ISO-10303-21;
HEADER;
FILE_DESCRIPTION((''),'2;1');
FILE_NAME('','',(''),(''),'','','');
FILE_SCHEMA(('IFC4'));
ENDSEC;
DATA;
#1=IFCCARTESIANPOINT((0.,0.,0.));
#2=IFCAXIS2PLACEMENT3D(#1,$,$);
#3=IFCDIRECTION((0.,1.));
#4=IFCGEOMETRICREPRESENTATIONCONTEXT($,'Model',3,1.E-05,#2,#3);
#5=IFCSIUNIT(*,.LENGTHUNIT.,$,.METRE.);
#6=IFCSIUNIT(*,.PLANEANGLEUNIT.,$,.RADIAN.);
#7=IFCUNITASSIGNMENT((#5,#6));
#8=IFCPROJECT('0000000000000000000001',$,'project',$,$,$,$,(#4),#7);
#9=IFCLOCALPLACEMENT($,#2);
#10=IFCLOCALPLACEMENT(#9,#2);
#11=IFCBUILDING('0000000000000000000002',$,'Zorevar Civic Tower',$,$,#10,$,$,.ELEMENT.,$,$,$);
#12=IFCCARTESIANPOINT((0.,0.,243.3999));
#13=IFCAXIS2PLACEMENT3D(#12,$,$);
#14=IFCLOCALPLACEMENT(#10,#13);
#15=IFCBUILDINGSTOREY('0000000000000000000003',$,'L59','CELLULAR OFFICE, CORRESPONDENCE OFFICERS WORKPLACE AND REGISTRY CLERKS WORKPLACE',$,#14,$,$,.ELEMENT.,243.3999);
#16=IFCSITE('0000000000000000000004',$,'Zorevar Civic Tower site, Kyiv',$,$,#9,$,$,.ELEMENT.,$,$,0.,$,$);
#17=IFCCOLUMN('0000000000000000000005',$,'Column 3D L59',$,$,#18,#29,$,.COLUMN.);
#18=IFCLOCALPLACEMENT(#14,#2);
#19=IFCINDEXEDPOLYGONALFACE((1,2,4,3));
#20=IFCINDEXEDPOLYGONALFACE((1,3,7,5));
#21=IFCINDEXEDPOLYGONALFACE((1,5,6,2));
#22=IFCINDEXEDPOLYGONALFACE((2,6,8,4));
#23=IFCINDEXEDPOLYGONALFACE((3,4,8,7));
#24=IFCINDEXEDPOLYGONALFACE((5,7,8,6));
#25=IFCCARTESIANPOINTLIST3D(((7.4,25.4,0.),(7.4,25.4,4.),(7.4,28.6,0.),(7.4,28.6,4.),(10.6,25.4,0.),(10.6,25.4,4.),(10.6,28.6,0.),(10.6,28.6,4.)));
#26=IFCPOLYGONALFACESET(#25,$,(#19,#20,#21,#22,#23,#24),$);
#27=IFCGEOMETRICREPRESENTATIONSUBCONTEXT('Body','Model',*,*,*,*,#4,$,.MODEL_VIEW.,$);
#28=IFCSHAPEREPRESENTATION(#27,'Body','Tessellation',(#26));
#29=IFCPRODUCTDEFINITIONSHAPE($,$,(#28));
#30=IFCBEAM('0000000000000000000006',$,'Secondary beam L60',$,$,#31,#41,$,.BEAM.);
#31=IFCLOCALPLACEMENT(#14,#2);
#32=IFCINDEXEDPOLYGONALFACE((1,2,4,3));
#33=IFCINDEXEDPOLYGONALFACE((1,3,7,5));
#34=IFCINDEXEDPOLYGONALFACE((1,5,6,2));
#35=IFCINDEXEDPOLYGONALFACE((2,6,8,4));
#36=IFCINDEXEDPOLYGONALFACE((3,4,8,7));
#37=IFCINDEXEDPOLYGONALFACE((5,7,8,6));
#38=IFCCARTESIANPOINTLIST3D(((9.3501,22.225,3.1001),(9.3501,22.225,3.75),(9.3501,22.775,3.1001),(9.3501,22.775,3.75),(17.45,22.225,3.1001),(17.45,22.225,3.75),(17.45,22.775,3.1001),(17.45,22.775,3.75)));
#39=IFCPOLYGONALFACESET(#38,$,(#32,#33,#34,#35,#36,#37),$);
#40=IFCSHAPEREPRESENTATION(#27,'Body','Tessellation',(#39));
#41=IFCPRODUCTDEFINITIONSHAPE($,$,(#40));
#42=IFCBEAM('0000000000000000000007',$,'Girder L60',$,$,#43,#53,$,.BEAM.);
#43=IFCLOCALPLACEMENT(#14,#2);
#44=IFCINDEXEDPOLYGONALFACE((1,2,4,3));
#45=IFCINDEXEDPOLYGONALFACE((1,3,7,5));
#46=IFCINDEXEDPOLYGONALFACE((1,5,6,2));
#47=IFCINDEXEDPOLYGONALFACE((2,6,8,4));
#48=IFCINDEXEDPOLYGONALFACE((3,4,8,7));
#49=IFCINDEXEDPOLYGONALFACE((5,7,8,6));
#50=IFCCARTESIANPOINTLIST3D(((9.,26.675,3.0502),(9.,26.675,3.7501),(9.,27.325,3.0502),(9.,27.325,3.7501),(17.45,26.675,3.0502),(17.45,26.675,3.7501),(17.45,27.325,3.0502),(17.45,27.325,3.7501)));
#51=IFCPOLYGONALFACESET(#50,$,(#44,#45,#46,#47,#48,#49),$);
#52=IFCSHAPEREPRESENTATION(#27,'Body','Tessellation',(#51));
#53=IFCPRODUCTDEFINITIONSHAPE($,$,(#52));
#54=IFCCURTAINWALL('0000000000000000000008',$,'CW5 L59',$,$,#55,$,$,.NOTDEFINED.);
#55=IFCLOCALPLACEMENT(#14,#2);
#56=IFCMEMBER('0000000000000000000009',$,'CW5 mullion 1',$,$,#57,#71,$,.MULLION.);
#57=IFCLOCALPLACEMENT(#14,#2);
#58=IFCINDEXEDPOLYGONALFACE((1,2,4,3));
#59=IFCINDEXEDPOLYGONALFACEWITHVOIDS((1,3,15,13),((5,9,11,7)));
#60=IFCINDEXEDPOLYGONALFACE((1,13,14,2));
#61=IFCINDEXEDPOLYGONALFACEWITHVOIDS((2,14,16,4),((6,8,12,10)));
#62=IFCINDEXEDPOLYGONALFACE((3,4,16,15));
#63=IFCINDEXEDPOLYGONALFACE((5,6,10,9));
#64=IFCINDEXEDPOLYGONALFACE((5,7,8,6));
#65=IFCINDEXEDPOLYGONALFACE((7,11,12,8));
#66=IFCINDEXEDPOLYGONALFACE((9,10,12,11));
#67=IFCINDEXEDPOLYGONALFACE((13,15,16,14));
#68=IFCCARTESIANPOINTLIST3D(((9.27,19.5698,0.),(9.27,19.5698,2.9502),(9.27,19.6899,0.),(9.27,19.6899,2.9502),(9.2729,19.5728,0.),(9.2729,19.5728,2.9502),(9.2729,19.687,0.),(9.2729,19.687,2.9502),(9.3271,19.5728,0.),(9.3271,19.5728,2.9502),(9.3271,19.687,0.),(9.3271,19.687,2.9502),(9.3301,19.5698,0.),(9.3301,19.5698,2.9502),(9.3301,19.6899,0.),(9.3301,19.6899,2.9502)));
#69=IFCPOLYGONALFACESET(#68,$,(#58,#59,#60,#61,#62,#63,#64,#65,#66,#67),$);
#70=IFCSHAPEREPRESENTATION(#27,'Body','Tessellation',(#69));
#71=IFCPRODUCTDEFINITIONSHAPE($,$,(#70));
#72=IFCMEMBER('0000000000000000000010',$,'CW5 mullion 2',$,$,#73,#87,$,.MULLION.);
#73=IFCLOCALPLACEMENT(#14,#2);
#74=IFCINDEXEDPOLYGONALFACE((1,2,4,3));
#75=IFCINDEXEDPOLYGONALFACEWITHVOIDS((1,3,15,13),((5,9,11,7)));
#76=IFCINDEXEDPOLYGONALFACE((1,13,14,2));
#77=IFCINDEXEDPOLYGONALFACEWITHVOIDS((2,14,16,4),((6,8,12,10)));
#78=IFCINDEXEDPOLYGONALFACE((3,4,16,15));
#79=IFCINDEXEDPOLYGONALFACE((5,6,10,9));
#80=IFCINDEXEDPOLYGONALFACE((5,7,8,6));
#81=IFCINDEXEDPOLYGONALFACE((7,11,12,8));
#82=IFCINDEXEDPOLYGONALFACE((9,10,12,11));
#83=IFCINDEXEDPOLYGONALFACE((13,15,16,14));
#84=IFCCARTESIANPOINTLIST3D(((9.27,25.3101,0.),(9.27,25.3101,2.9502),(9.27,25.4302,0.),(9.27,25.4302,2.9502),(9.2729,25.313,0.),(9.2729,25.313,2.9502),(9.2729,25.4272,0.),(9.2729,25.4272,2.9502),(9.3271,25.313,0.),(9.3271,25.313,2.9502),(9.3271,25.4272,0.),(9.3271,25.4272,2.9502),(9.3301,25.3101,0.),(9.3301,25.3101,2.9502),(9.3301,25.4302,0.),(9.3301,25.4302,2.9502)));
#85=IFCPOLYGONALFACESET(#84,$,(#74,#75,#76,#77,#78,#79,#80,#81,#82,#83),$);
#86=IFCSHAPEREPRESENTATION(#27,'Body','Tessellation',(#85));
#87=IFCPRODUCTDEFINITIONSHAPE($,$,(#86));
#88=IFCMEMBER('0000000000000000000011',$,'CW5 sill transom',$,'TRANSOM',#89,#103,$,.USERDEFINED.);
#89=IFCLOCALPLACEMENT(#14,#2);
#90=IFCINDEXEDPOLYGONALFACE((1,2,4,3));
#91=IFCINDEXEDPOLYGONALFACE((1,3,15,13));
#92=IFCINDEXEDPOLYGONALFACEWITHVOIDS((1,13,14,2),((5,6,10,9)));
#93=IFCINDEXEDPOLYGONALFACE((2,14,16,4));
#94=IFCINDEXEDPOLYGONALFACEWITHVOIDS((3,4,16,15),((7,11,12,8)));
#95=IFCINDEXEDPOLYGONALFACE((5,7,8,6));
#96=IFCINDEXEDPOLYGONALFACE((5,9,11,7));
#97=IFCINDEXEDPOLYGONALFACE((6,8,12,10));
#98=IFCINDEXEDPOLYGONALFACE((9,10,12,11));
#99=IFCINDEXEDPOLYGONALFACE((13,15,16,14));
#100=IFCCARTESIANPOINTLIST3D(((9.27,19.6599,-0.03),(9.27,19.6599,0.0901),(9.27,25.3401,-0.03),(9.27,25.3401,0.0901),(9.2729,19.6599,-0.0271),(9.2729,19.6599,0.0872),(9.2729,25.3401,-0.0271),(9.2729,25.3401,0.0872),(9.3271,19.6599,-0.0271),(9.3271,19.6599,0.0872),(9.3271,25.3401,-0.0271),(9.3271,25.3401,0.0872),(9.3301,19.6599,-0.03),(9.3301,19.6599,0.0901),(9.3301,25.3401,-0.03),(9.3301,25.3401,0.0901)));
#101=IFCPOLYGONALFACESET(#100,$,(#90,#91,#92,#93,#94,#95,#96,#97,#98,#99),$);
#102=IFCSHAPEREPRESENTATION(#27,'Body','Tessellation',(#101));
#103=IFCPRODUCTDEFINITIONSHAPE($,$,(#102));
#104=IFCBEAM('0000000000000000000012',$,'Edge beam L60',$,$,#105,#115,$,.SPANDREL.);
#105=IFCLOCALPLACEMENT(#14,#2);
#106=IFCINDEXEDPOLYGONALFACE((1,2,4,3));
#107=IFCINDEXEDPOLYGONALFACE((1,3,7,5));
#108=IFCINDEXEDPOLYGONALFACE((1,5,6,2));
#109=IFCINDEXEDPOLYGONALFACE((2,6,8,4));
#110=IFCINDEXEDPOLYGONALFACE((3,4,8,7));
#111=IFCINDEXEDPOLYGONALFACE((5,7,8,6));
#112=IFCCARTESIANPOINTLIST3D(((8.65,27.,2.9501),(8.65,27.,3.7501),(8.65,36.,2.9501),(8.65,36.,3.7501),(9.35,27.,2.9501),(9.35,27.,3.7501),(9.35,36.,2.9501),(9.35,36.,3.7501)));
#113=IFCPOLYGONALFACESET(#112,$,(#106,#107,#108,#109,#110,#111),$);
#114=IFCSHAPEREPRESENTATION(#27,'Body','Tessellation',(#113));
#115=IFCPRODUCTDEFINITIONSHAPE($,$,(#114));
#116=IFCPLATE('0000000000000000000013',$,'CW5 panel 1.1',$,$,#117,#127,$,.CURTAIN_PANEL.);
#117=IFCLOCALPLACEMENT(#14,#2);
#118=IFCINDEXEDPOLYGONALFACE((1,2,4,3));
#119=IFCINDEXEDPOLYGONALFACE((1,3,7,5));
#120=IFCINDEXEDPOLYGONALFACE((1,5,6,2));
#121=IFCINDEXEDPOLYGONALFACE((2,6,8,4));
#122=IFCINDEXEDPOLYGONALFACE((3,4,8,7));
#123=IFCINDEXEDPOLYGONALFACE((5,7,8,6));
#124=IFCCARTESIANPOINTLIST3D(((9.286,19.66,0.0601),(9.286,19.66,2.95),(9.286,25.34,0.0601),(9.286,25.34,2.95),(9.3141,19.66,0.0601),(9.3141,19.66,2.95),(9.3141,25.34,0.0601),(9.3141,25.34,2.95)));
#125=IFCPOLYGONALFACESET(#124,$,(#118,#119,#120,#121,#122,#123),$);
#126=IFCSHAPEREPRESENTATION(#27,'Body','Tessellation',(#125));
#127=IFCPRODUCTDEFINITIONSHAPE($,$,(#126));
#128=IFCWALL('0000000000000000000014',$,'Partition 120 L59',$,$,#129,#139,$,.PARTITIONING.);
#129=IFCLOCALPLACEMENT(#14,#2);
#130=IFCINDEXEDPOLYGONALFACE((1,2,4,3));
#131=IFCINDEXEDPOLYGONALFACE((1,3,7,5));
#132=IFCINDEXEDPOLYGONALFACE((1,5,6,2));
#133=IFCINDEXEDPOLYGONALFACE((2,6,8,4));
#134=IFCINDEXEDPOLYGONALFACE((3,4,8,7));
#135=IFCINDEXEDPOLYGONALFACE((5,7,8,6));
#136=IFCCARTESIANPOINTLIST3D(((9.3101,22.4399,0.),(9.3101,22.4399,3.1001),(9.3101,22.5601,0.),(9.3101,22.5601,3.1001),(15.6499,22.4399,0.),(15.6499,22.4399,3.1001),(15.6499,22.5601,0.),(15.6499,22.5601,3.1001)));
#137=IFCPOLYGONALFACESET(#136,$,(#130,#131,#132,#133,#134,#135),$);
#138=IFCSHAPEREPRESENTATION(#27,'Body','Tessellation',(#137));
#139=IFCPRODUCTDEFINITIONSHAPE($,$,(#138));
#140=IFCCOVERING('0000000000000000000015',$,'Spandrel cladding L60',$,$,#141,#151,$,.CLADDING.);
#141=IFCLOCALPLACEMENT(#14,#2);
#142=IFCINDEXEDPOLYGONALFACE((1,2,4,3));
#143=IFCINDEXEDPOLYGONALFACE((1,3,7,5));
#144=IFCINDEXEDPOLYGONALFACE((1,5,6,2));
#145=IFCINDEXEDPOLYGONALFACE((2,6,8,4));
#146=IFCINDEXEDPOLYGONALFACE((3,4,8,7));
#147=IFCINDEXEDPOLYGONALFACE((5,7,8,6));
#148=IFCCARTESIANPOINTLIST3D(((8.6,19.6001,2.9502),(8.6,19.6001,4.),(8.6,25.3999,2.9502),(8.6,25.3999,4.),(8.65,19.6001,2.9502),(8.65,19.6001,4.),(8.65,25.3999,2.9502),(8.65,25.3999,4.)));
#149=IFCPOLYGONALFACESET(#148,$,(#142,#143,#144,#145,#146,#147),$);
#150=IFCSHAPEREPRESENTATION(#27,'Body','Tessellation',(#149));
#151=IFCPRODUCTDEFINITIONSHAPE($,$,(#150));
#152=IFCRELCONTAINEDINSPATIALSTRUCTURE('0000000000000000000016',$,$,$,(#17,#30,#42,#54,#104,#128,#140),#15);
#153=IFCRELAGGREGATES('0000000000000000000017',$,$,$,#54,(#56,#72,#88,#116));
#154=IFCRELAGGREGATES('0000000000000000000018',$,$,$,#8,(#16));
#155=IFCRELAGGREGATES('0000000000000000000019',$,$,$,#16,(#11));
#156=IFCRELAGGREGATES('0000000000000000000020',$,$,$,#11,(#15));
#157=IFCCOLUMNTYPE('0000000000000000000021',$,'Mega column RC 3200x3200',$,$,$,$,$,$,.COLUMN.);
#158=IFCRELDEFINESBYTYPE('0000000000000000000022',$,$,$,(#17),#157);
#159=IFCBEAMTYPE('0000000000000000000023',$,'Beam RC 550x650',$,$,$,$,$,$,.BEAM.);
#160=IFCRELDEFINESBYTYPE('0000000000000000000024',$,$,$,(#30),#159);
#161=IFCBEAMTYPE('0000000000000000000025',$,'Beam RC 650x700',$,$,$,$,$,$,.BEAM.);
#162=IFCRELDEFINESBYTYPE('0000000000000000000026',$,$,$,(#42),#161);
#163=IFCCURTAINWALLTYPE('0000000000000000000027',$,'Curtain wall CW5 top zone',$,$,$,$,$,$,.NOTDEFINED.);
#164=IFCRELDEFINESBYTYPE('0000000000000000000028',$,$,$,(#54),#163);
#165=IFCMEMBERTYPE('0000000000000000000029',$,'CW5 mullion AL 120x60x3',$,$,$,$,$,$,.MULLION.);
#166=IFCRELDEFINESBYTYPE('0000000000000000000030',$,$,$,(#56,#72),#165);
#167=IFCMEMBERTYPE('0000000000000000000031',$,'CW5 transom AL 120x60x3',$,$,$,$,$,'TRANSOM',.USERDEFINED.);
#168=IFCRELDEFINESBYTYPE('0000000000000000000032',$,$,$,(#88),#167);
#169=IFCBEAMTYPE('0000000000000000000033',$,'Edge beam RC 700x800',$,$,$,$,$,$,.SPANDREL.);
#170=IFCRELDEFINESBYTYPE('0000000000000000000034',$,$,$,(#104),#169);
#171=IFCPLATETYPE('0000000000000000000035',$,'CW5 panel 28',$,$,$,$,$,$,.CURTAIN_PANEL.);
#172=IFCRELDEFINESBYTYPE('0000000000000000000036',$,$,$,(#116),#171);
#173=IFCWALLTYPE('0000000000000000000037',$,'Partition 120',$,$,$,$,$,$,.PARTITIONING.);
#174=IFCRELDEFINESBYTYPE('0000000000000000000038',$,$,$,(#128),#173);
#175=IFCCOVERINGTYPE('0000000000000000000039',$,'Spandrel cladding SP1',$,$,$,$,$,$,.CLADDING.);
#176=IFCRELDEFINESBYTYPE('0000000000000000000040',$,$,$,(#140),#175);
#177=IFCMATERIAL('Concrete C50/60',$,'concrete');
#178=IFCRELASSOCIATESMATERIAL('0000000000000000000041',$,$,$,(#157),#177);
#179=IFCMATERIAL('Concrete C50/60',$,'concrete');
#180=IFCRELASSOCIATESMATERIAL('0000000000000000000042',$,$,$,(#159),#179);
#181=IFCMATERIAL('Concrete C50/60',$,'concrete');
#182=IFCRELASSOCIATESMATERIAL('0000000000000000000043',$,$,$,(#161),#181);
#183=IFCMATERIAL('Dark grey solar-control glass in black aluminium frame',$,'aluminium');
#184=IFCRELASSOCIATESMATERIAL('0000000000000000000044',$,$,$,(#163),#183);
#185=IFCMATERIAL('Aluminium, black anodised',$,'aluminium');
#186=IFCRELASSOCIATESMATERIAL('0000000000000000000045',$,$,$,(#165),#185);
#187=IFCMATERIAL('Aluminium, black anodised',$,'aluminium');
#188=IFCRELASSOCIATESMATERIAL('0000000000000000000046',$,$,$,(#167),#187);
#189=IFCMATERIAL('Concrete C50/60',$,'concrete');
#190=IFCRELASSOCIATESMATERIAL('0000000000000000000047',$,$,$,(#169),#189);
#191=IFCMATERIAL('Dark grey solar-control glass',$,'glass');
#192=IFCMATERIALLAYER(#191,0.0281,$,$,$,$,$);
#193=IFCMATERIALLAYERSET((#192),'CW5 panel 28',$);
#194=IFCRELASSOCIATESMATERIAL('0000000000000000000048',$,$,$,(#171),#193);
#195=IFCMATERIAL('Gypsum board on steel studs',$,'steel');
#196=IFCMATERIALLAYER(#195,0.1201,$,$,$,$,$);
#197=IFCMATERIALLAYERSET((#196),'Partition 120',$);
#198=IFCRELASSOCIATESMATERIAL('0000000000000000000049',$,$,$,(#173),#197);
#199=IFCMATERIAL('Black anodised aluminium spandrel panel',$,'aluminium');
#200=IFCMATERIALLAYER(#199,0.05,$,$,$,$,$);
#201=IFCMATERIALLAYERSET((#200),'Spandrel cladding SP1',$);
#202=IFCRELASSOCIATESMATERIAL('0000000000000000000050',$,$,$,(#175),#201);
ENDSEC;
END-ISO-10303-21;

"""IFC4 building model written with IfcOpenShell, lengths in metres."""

from ifc_helpers import new_model, si_unit, direction, frame, frame_2d, origin, origin_2d, place, context, subcontext, project, spatial, rectangle, hollow_rectangle, extrude, material, layer, layer_set, material_profile, profile_set, type_object, element, aggregate, save


model = new_model("IFC4")

# Units and contexts
model_context = context("Model", 3, precision=1e-05, world=origin(), true_north=direction((0.0, 1.0)))
body_context = subcontext(model_context, "Body", "Model", "MODEL_VIEW")
ifc_project = project(units=[si_unit("LENGTHUNIT", "METRE"), si_unit("PLANEANGLEUNIT", "RADIAN")], contexts=[model_context])

# Site, building, storey
site_placement = place(None, origin())
site = spatial("IfcSite", under=ifc_project, at=site_placement, Name="Zorevar Civic Tower site, Kyiv", CompositionType="ELEMENT", RefElevation=0.0)
building_placement = place(site_placement, origin())
building = spatial("IfcBuilding", under=site, at=building_placement, Name="Zorevar Civic Tower", CompositionType="ELEMENT")
storey_placement = place(building_placement, frame((0.0, 0.0, 243.3999)))
storey = spatial("IfcBuildingStorey", under=building, at=storey_placement, Name="L59", Description="CELLULAR OFFICE, CORRESPONDENCE OFFICERS WORKPLACE AND REGISTRY CLERKS WORKPLACE", CompositionType="ELEMENT", Elevation=243.3999)

# Column
ifc_material_1 = material(Name="Concrete C50/60", Category="concrete")
ifc_material_profile_1 = material_profile(ifc_material_1, rectangle(XDim=3.2, YDim=3.2, at=origin_2d()), Name="RC 3200x3200")
ifc_profile_set_1 = profile_set([ifc_material_profile_1], Name="Concrete C50/60")
column_type = type_object("IfcColumnType", Name="Mega column RC 3200x3200", PredefinedType="COLUMN", material=ifc_profile_set_1)
column_placement = place(storey_placement, frame((9.0, 27.0, 0.0), z_axis=(0.0, 0.0, 1.0), x_axis=(1.0, 0.0, 0.0)))
element("IfcColumn", 1, at=column_placement, inside=storey, type_object=column_type, Name="Column 3D L59", PredefinedType="COLUMN", context=body_context, shape_type="SweptSolid", body=[
    extrude(rectangle(XDim=3.2, YDim=3.2, at=origin_2d()), origin(), (0.0, 0.0, 1.0), 4.0),
])

# Beams
ifc_material_2 = material(Name="Concrete C50/60", Category="concrete")
ifc_material_profile_2 = material_profile(ifc_material_2, rectangle(XDim=0.55, YDim=0.6499, at=origin_2d()), Name="RC 550x650")
ifc_profile_set_2 = profile_set([ifc_material_profile_2], Name="Concrete C50/60")
beam_type_1 = type_object("IfcBeamType", Name="Beam RC 550x650", PredefinedType="BEAM", material=ifc_profile_set_2)
beam_1_placement = place(storey_placement, frame((9.3501, 22.5, 3.425), z_axis=(1.0, 0.0, 0.0), x_axis=(0.0, 1.0, 0.0)))
element("IfcBeam", 2, at=beam_1_placement, inside=storey, type_object=beam_type_1, Name="Secondary beam L60", PredefinedType="BEAM", context=body_context, shape_type="SweptSolid", body=[
    extrude(rectangle(XDim=0.55, YDim=0.6499, at=origin_2d()), origin(), (0.0, 0.0, 1.0), 8.0999),
])
ifc_material_3 = material(Name="Concrete C50/60", Category="concrete")
ifc_material_profile_3 = material_profile(ifc_material_3, rectangle(XDim=0.6499, YDim=0.7, at=origin_2d()), Name="RC 650x700")
ifc_profile_set_3 = profile_set([ifc_material_profile_3], Name="Concrete C50/60")
beam_type_2 = type_object("IfcBeamType", Name="Beam RC 650x700", PredefinedType="BEAM", material=ifc_profile_set_3)
beam_2_placement = place(storey_placement, frame((9.0, 27.0, 3.4001), z_axis=(1.0, 0.0, 0.0), x_axis=(0.0, 1.0, 0.0)))
element("IfcBeam", 3, at=beam_2_placement, inside=storey, type_object=beam_type_2, Name="Girder L60", PredefinedType="BEAM", context=body_context, shape_type="SweptSolid", body=[
    extrude(rectangle(XDim=0.6499, YDim=0.7, at=origin_2d()), origin(), (0.0, 0.0, 1.0), 8.45),
])

# Curtain wall, members
ifc_material_4 = material(Name="Dark grey solar-control glass in black aluminium frame", Category="aluminium")
curtain_wall_type = type_object("IfcCurtainWallType", Name="Curtain wall CW5 top zone", PredefinedType="NOTDEFINED", material=ifc_material_4)
curtain_wall_placement = place(storey_placement, origin())
curtain_wall = element("IfcCurtainWall", 4, at=curtain_wall_placement, inside=storey, type_object=curtain_wall_type, Name="CW5 L59", PredefinedType="NOTDEFINED")
ifc_material_5 = material(Name="Aluminium, black anodised", Category="aluminium")
ifc_material_profile_4 = material_profile(ifc_material_5, hollow_rectangle(XDim=0.0601, YDim=0.1201, WallThickness=0.0029, at=origin_2d()), Name="AL 120x60x3")
ifc_profile_set_4 = profile_set([ifc_material_profile_4], Name="Aluminium, black anodised")
member_type_1 = type_object("IfcMemberType", Name="CW5 mullion AL 120x60x3", PredefinedType="MULLION", material=ifc_profile_set_4)
member_1_placement = place(storey_placement, frame((9.3, 19.6299, 0.0), z_axis=(0.0, 0.0, 1.0), x_axis=(-1.0, 0.0, 0.0)))
member_1 = element("IfcMember", 5, at=member_1_placement, type_object=member_type_1, Name="CW5 mullion 1", PredefinedType="MULLION", context=body_context, shape_type="SweptSolid", body=[
    extrude(hollow_rectangle(XDim=0.0601, YDim=0.1201, WallThickness=0.0029, at=origin_2d()), origin(), (0.0, 0.0, 1.0), 2.9502),
])
member_2_placement = place(storey_placement, frame((9.3, 25.3701, 0.0), z_axis=(0.0, 0.0, 1.0), x_axis=(-1.0, 0.0, 0.0)))
member_2 = element("IfcMember", 6, at=member_2_placement, type_object=member_type_1, Name="CW5 mullion 2", PredefinedType="MULLION", context=body_context, shape_type="SweptSolid", body=[
    extrude(hollow_rectangle(XDim=0.0601, YDim=0.1201, WallThickness=0.0029, at=origin_2d()), origin(), (0.0, 0.0, 1.0), 2.9502),
])
ifc_material_6 = material(Name="Aluminium, black anodised", Category="aluminium")
ifc_material_profile_5 = material_profile(ifc_material_6, hollow_rectangle(XDim=0.0601, YDim=0.1201, WallThickness=0.0029, at=origin_2d()), Name="AL 120x60x3")
ifc_profile_set_5 = profile_set([ifc_material_profile_5], Name="Aluminium, black anodised")
member_type_2 = type_object("IfcMemberType", Name="CW5 transom AL 120x60x3", ElementType="TRANSOM", PredefinedType="USERDEFINED", material=ifc_profile_set_5)
member_3_placement = place(storey_placement, frame((9.3, 19.6599, 0.03), z_axis=(0.0, 1.0, 0.0), x_axis=(-1.0, 0.0, 0.0)))
member_3 = element("IfcMember", 7, at=member_3_placement, type_object=member_type_2, Name="CW5 sill transom", ObjectType="TRANSOM", PredefinedType="USERDEFINED", context=body_context, shape_type="SweptSolid", body=[
    extrude(hollow_rectangle(XDim=0.0601, YDim=0.1201, WallThickness=0.0029, at=origin_2d()), origin(), (0.0, 0.0, 1.0), 5.6802),
])

# Beam
ifc_material_7 = material(Name="Concrete C50/60", Category="concrete")
ifc_material_profile_6 = material_profile(ifc_material_7, rectangle(XDim=0.7, YDim=0.8, at=origin_2d()), Name="RC 700x800")
ifc_profile_set_6 = profile_set([ifc_material_profile_6], Name="Concrete C50/60")
beam_type_3 = type_object("IfcBeamType", Name="Edge beam RC 700x800", PredefinedType="SPANDREL", material=ifc_profile_set_6)
beam_3_placement = place(storey_placement, frame((9.0, 27.0, 3.3501), z_axis=(0.0, 1.0, 0.0), x_axis=(-1.0, 0.0, 0.0)))
element("IfcBeam", 8, at=beam_3_placement, inside=storey, type_object=beam_type_3, Name="Edge beam L60", PredefinedType="SPANDREL", context=body_context, shape_type="SweptSolid", body=[
    extrude(rectangle(XDim=0.7, YDim=0.8, at=origin_2d()), origin(), (0.0, 0.0, 1.0), 9.0),
])

# Plate
ifc_material_8 = material(Name="Dark grey solar-control glass", Category="glass")
ifc_layer_1 = layer(ifc_material_8, 0.0281)
ifc_layer_set_1 = layer_set([ifc_layer_1], Name="CW5 panel 28")
plate_type = type_object("IfcPlateType", Name="CW5 panel 28", PredefinedType="CURTAIN_PANEL", material=ifc_layer_set_1)
plate_placement = place(storey_placement, frame((9.3, 22.5, 0.0601), z_axis=(0.0, 0.0, 1.0), x_axis=(0.0, 1.0, 0.0)))
plate = element("IfcPlate", 9, at=plate_placement, type_object=plate_type, Name="CW5 panel 1.1", PredefinedType="CURTAIN_PANEL", context=body_context, shape_type="SweptSolid", body=[
    extrude(rectangle(XDim=5.6799, YDim=0.0281, at=origin_2d()), origin(), (0.0, 0.0, 1.0), 2.8899),
])
aggregate(curtain_wall, [member_1, member_2, member_3, plate])

# Wall
ifc_material_9 = material(Name="Gypsum board on steel studs", Category="steel")
ifc_layer_2 = layer(ifc_material_9, 0.1201)
ifc_layer_set_2 = layer_set([ifc_layer_2], Name="Partition 120")
wall_type = type_object("IfcWallType", Name="Partition 120", PredefinedType="PARTITIONING", material=ifc_layer_set_2)
wall_placement = place(storey_placement, frame((9.3101, 22.5, 0.0), z_axis=(0.0, 0.0, 1.0), x_axis=(1.0, 0.0, 0.0)))
element("IfcWall", 10, at=wall_placement, inside=storey, type_object=wall_type, Name="Partition 120 L59", PredefinedType="PARTITIONING", context=body_context, shape_type="SweptSolid", body=[
    extrude(rectangle(XDim=6.3398, YDim=0.1201, at=frame_2d((3.1699, 0.0))), origin(), (0.0, 0.0, 1.0), 3.1001),
])

# Covering
ifc_material_10 = material(Name="Black anodised aluminium spandrel panel", Category="aluminium")
ifc_layer_3 = layer(ifc_material_10, 0.05)
ifc_layer_set_3 = layer_set([ifc_layer_3], Name="Spandrel cladding SP1")
covering_type = type_object("IfcCoveringType", Name="Spandrel cladding SP1", PredefinedType="CLADDING", material=ifc_layer_set_3)
covering_placement = place(storey_placement, frame((8.625, 19.6001, 2.9502), z_axis=(0.0, 0.0, 1.0), x_axis=(0.0, 1.0, 0.0)))
element("IfcCovering", 11, at=covering_placement, inside=storey, type_object=covering_type, Name="Spandrel cladding L60", PredefinedType="CLADDING", context=body_context, shape_type="SweptSolid", body=[
    extrude(rectangle(XDim=5.7998, YDim=0.05, at=frame_2d((2.8999, 0.0))), origin(), (0.0, 0.0, 1.0), 1.0498),
])

save(model, "model.ifc")
